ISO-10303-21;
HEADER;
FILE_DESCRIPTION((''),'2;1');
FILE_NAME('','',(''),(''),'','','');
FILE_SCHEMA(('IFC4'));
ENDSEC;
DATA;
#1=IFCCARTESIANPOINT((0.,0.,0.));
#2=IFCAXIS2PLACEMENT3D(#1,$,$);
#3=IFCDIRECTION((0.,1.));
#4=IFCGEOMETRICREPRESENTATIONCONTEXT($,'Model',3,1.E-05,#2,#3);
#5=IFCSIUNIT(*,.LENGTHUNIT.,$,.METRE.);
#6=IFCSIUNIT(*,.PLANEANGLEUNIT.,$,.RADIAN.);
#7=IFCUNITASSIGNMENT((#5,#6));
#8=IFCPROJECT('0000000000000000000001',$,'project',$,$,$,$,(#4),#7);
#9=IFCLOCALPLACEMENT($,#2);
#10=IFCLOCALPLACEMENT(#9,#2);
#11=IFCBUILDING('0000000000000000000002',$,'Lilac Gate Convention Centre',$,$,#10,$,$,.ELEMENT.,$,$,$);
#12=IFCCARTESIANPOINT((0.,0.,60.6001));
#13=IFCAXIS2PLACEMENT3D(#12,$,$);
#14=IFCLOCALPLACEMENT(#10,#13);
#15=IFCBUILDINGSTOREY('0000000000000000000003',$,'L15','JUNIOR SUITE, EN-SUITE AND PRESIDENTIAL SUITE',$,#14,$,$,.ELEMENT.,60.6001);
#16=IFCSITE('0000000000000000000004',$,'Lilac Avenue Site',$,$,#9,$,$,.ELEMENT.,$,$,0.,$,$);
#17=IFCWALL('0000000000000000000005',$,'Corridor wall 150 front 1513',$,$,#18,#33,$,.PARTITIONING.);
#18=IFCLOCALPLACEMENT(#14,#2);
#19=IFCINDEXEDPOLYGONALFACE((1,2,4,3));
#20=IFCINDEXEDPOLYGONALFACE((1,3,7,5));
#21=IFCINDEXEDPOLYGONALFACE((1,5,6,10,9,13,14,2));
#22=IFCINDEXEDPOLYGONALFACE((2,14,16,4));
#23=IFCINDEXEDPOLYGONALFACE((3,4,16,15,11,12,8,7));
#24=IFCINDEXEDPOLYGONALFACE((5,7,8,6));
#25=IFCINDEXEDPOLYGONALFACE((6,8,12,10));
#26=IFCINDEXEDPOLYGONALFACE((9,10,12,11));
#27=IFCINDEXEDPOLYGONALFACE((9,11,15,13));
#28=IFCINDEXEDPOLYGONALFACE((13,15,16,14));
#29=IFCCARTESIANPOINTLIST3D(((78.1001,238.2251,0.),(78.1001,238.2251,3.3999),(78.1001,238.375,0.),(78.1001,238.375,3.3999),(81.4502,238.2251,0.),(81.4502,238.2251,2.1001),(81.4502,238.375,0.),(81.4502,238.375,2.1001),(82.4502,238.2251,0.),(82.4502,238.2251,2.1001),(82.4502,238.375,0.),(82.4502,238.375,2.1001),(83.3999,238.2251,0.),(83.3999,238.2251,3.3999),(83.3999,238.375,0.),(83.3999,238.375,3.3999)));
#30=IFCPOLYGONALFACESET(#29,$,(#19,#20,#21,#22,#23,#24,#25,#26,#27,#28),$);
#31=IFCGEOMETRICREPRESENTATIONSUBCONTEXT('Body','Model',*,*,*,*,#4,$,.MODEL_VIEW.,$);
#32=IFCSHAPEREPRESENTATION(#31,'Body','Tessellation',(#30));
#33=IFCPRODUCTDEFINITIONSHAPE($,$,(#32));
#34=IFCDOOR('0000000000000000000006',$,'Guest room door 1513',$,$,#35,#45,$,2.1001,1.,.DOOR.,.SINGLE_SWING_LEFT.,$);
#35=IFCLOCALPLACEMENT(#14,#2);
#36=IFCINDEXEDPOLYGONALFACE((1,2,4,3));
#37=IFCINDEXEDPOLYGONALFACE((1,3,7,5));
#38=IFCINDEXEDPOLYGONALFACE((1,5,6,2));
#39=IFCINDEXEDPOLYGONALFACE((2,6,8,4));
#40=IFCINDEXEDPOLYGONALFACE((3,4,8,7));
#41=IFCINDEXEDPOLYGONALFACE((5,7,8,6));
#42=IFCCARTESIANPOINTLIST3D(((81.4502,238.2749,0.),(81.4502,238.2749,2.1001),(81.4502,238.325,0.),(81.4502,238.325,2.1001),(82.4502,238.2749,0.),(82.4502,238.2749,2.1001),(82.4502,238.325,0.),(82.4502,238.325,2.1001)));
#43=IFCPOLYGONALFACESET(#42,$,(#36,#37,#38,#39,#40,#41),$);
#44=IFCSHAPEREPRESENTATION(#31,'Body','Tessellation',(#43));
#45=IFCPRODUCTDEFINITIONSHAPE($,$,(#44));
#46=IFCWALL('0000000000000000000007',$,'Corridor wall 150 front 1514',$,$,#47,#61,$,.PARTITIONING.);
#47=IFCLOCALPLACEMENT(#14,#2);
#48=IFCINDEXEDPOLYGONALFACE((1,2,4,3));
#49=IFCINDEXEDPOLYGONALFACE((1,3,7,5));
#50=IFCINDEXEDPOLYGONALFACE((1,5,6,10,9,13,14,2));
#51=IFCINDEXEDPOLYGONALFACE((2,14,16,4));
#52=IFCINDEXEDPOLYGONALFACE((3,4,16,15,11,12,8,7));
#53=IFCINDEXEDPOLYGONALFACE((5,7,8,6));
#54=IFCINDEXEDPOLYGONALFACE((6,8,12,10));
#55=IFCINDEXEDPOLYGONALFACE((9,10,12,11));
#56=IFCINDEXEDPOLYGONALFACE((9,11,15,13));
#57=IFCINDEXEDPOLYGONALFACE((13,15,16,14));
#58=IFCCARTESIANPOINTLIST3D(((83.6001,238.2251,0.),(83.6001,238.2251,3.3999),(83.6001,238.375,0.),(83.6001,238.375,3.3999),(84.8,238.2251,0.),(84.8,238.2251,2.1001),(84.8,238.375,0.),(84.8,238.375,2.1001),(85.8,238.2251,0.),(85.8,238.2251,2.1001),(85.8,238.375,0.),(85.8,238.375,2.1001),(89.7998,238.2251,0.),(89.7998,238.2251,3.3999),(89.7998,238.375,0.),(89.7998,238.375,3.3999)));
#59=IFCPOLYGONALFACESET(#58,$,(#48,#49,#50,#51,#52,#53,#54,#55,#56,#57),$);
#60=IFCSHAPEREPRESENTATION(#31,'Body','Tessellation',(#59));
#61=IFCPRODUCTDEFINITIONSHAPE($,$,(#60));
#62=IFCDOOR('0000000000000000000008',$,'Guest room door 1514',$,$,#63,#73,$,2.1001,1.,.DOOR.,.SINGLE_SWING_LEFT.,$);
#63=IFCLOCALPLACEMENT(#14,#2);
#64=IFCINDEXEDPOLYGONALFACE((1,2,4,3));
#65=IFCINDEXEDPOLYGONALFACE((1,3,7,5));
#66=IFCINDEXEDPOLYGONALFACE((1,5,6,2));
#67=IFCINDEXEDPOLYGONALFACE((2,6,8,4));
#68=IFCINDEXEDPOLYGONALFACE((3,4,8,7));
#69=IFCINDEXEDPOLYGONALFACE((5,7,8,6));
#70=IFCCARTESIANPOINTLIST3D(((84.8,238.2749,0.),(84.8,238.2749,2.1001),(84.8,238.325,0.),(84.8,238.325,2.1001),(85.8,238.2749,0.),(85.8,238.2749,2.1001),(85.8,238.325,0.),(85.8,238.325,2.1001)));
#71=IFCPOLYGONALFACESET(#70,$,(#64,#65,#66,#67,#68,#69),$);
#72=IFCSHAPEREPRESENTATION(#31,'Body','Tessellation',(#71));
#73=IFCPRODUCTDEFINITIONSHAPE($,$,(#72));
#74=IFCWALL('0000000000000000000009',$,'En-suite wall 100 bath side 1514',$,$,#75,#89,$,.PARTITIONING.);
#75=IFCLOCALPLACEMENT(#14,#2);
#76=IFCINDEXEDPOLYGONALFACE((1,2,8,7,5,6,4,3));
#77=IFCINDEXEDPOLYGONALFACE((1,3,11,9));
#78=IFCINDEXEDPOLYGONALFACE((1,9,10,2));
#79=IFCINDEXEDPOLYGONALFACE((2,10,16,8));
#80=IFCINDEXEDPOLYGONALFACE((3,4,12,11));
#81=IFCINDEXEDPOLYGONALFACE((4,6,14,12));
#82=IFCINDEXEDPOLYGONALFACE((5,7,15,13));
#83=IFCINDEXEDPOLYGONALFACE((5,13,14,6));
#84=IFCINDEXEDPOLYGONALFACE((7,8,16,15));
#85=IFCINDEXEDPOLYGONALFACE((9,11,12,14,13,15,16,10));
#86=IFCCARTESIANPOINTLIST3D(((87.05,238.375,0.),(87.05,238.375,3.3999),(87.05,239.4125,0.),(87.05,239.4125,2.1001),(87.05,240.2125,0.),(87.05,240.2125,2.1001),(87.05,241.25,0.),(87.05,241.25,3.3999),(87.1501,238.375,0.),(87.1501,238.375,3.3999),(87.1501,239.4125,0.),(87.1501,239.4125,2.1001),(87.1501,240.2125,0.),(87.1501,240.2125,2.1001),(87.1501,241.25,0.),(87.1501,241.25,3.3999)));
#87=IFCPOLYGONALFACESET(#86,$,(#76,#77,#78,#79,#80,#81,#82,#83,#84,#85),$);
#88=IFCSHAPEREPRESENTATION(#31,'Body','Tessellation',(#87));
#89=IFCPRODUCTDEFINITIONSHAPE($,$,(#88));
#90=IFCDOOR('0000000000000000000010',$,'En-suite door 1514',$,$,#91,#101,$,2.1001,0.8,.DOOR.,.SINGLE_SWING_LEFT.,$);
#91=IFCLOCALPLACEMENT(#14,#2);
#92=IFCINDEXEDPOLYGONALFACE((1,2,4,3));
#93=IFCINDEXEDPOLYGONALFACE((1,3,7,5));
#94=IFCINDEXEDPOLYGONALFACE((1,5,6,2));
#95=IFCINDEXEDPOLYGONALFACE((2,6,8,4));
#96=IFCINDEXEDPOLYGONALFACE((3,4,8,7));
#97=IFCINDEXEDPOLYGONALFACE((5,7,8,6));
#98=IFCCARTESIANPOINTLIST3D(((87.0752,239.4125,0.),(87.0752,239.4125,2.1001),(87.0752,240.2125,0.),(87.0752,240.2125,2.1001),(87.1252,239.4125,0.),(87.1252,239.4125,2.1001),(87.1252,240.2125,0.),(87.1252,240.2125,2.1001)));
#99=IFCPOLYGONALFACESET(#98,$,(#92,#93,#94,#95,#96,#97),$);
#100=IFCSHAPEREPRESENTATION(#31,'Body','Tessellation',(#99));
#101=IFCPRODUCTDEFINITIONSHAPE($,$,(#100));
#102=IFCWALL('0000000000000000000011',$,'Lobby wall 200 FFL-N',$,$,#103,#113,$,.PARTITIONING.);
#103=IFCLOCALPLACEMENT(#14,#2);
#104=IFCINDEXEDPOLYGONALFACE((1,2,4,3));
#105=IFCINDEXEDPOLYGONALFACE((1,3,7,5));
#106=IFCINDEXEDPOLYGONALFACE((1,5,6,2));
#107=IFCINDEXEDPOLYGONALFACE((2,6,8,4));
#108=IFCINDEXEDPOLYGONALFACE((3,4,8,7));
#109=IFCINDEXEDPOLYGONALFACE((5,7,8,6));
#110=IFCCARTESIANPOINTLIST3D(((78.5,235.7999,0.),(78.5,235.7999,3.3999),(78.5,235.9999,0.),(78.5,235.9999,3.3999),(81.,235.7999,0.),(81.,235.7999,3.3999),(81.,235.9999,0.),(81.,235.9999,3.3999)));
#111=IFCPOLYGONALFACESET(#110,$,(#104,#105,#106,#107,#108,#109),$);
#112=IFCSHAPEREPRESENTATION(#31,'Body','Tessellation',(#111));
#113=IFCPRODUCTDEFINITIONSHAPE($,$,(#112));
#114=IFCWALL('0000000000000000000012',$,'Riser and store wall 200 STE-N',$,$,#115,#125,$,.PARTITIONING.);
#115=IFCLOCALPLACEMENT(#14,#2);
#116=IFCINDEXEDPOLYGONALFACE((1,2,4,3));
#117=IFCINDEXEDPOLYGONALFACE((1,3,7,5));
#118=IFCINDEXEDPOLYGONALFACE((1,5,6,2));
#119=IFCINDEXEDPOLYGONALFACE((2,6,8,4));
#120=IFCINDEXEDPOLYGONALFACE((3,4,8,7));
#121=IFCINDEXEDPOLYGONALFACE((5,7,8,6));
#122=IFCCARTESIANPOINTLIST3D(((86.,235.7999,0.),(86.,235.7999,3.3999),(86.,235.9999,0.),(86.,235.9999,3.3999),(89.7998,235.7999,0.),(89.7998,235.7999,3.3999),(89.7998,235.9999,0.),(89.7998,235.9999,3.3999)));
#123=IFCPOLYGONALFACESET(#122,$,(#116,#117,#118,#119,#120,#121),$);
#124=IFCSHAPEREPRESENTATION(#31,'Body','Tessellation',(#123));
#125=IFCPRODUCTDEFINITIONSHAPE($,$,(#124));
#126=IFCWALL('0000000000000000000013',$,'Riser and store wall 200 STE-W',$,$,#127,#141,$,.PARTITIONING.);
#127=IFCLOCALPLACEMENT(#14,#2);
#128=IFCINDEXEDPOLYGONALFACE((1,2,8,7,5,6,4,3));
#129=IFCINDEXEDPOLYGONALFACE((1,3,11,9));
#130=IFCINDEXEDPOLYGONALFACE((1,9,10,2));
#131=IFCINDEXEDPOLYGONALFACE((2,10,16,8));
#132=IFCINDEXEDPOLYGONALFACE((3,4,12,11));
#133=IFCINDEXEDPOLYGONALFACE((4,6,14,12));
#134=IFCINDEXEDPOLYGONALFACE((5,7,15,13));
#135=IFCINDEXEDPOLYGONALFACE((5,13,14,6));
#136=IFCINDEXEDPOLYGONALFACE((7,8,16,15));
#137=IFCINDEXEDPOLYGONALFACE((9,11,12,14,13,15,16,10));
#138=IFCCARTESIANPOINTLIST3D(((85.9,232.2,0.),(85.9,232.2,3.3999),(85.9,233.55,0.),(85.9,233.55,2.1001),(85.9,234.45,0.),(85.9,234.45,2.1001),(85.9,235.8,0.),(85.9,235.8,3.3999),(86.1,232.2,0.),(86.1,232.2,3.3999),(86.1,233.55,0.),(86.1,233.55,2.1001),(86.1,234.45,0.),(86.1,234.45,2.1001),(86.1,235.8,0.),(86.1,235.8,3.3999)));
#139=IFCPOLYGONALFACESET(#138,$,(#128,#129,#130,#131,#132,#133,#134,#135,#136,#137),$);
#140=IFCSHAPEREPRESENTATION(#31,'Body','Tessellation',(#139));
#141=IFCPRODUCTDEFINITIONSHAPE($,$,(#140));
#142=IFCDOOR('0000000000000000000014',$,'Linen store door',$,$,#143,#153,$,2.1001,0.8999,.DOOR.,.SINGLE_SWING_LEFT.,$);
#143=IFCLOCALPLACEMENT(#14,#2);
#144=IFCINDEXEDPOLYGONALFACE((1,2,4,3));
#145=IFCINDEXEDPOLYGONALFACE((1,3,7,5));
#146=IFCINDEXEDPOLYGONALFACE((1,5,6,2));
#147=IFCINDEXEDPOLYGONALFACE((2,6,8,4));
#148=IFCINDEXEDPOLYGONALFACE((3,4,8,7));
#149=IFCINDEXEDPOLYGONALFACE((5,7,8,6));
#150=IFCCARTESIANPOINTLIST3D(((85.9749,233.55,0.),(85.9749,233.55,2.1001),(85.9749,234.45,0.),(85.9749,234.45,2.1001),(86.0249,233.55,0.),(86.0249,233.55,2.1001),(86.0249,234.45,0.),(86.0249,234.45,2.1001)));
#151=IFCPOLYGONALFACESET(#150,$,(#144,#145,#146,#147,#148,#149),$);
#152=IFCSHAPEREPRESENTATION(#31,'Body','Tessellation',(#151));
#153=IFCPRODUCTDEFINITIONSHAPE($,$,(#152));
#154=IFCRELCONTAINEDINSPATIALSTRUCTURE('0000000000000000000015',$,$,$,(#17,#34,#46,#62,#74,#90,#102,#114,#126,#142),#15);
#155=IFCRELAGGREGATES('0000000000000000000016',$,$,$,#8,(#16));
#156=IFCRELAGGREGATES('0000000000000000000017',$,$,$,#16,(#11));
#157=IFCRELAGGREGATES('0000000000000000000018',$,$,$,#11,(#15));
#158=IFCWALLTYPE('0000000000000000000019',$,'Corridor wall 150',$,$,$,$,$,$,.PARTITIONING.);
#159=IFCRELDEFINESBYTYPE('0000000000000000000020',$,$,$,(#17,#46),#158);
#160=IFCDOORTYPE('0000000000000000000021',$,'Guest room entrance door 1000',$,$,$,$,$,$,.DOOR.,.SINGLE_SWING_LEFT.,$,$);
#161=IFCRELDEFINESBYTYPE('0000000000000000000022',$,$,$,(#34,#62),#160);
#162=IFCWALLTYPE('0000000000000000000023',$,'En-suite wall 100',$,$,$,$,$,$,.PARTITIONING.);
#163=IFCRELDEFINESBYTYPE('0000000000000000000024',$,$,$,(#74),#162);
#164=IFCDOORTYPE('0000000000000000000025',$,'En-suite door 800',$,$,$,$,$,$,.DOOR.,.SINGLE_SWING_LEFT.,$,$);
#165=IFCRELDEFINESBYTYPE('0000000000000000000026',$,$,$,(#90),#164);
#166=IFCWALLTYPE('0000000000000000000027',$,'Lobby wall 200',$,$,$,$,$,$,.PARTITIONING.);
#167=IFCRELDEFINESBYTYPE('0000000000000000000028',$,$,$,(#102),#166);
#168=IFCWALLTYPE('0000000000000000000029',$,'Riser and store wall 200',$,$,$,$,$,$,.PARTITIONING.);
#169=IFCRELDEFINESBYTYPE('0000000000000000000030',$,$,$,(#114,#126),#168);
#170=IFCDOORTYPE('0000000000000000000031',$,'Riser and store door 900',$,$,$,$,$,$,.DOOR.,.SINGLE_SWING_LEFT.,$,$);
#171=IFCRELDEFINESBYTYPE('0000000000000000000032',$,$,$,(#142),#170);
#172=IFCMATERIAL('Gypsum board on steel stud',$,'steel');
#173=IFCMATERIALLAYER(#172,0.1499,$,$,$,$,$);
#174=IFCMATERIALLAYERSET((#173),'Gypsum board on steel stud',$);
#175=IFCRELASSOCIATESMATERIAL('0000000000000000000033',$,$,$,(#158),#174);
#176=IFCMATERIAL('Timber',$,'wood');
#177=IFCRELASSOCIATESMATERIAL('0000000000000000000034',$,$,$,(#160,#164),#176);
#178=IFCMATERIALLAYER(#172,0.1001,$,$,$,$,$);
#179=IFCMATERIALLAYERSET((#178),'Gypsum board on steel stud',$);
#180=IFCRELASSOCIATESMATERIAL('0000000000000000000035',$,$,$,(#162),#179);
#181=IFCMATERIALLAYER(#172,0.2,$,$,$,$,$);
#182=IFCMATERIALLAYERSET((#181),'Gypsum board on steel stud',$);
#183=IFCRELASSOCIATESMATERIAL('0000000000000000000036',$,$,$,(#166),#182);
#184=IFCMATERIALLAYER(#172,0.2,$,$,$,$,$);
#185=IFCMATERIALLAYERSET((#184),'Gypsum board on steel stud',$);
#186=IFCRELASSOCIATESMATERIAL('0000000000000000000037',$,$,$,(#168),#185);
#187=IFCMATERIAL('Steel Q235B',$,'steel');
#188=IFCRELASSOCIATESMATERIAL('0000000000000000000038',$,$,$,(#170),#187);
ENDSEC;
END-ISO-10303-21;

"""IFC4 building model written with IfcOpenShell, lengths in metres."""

from ifc_helpers import new_model, si_unit, direction, frame, frame_2d, origin, place, context, subcontext, project, spatial, rectangle, extrude, material, layer, layer_set, type_object, element, fill, save


model = new_model("IFC4")

# Units and contexts
model_context = context("Model", 3, precision=1e-05, world=origin(), true_north=direction((0.0, 1.0)))
body_context = subcontext(model_context, "Body", "Model", "MODEL_VIEW")
ifc_project = project(units=[si_unit("LENGTHUNIT", "METRE"), si_unit("PLANEANGLEUNIT", "RADIAN")], contexts=[model_context])

# Site, building, storey
site_placement = place(None, origin())
site = spatial("IfcSite", under=ifc_project, at=site_placement, Name="Lilac Avenue Site", CompositionType="ELEMENT", RefElevation=0.0)
building_placement = place(site_placement, origin())
building = spatial("IfcBuilding", under=site, at=building_placement, Name="Lilac Gate Convention Centre", CompositionType="ELEMENT")
storey_placement = place(building_placement, frame((0.0, 0.0, 60.6001)))
storey = spatial("IfcBuildingStorey", under=building, at=storey_placement, Name="L15", Description="JUNIOR SUITE, EN-SUITE AND PRESIDENTIAL SUITE", CompositionType="ELEMENT", Elevation=60.6001)

# Walls, openings, doors
ifc_material_1 = material(Name="Gypsum board on steel stud", Category="steel")
ifc_layer_1 = layer(ifc_material_1, 0.1499)
ifc_layer_set_1 = layer_set([ifc_layer_1], Name="Gypsum board on steel stud")
wall_type_1 = type_object("IfcWallType", Name="Corridor wall 150", PredefinedType="PARTITIONING", material=ifc_layer_set_1)
wall_1_placement = place(storey_placement, frame((78.1001, 238.3, 0.0), z_axis=(0.0, 0.0, 1.0), x_axis=(1.0, 0.0, 0.0)))
wall_1 = element("IfcWall", 1, at=wall_1_placement, inside=storey, type_object=wall_type_1, Name="Corridor wall 150 front 1513", PredefinedType="PARTITIONING", context=body_context, shape_type="SweptSolid", body=[
    extrude(rectangle(XDim=5.2998, YDim=0.1499, at=frame_2d((2.6499, 0.0))), origin(), (0.0, 0.0, 1.0), 3.3999),
])
opening_1_placement = place(wall_1_placement, frame((3.3501, 0.0, 0.0)))
opening_1 = element("IfcOpeningElement", 2, at=opening_1_placement, cuts=wall_1, PredefinedType="OPENING", context=body_context, shape_type="SweptSolid", body=[
    extrude(rectangle(XDim=1.0, YDim=2.1001, at=frame_2d((0.5, 1.05))), frame((0.0, 0.085, 0.0), z_axis=(0.0, -1.0, 0.0), x_axis=(1.0, 0.0, 0.0)), (0.0, 0.0, 1.0), 0.1699),
])
ifc_material_2 = material(Name="Timber", Category="wood")
door_type_1 = type_object("IfcDoorType", Name="Guest room entrance door 1000", OperationType="SINGLE_SWING_LEFT", PredefinedType="DOOR", material=ifc_material_2)
door_1_placement = place(opening_1_placement, origin())
door_1 = element("IfcDoor", 3, at=door_1_placement, inside=storey, type_object=door_type_1, Name="Guest room door 1513", OperationType="SINGLE_SWING_LEFT", OverallHeight=2.1001, OverallWidth=1.0, PredefinedType="DOOR", context=body_context, shape_type="SweptSolid", body=[
    extrude(rectangle(XDim=1.0, YDim=2.1001, at=frame_2d((0.5, 1.05))), frame((0.0, 0.0249, 0.0), z_axis=(0.0, -1.0, 0.0), x_axis=(1.0, 0.0, 0.0)), (0.0, 0.0, 1.0), 0.05),
])
fill(opening_1, door_1)
wall_2_placement = place(storey_placement, frame((83.6001, 238.3, 0.0), z_axis=(0.0, 0.0, 1.0), x_axis=(1.0, 0.0, 0.0)))
wall_2 = element("IfcWall", 4, at=wall_2_placement, inside=storey, type_object=wall_type_1, Name="Corridor wall 150 front 1514", PredefinedType="PARTITIONING", context=body_context, shape_type="SweptSolid", body=[
    extrude(rectangle(XDim=6.1997, YDim=0.1499, at=frame_2d((3.0999, 0.0))), origin(), (0.0, 0.0, 1.0), 3.3999),
])
opening_2_placement = place(wall_2_placement, frame((1.2, 0.0, 0.0)))
opening_2 = element("IfcOpeningElement", 5, at=opening_2_placement, cuts=wall_2, PredefinedType="OPENING", context=body_context, shape_type="SweptSolid", body=[
    extrude(rectangle(XDim=1.0, YDim=2.1001, at=frame_2d((0.5, 1.05))), frame((0.0, 0.085, 0.0), z_axis=(0.0, -1.0, 0.0), x_axis=(1.0, 0.0, 0.0)), (0.0, 0.0, 1.0), 0.1699),
])
door_2_placement = place(opening_2_placement, origin())
door_2 = element("IfcDoor", 6, at=door_2_placement, inside=storey, type_object=door_type_1, Name="Guest room door 1514", OperationType="SINGLE_SWING_LEFT", OverallHeight=2.1001, OverallWidth=1.0, PredefinedType="DOOR", context=body_context, shape_type="SweptSolid", body=[
    extrude(rectangle(XDim=1.0, YDim=2.1001, at=frame_2d((0.5, 1.05))), frame((0.0, 0.0249, 0.0), z_axis=(0.0, -1.0, 0.0), x_axis=(1.0, 0.0, 0.0)), (0.0, 0.0, 1.0), 0.05),
])
fill(opening_2, door_2)
ifc_layer_2 = layer(ifc_material_1, 0.1001)
ifc_layer_set_2 = layer_set([ifc_layer_2], Name="Gypsum board on steel stud")
wall_type_2 = type_object("IfcWallType", Name="En-suite wall 100", PredefinedType="PARTITIONING", material=ifc_layer_set_2)
wall_3_placement = place(storey_placement, frame((87.1001, 238.375, 0.0), z_axis=(0.0, 0.0, 1.0), x_axis=(0.0, 1.0, 0.0)))
wall_3 = element("IfcWall", 7, at=wall_3_placement, inside=storey, type_object=wall_type_2, Name="En-suite wall 100 bath side 1514", PredefinedType="PARTITIONING", context=body_context, shape_type="SweptSolid", body=[
    extrude(rectangle(XDim=2.875, YDim=0.1001, at=frame_2d((1.4375, 0.0))), origin(), (0.0, 0.0, 1.0), 3.3999),
])
opening_3_placement = place(wall_3_placement, frame((1.0376, 0.0, 0.0)))
opening_3 = element("IfcOpeningElement", 8, at=opening_3_placement, cuts=wall_3, PredefinedType="OPENING", context=body_context, shape_type="SweptSolid", body=[
    extrude(rectangle(XDim=0.8, YDim=2.1001, at=frame_2d((0.3999, 1.05))), frame((0.0, 0.0601, 0.0), z_axis=(0.0, -1.0, 0.0), x_axis=(1.0, 0.0, 0.0)), (0.0, 0.0, 1.0), 0.1201),
])
door_type_2 = type_object("IfcDoorType", Name="En-suite door 800", OperationType="SINGLE_SWING_LEFT", PredefinedType="DOOR", material=ifc_material_2)
door_3_placement = place(opening_3_placement, origin())
door_3 = element("IfcDoor", 9, at=door_3_placement, inside=storey, type_object=door_type_2, Name="En-suite door 1514", OperationType="SINGLE_SWING_LEFT", OverallHeight=2.1001, OverallWidth=0.8, PredefinedType="DOOR", context=body_context, shape_type="SweptSolid", body=[
    extrude(rectangle(XDim=0.8, YDim=2.1001, at=frame_2d((0.3999, 1.05))), frame((0.0, 0.0249, 0.0), z_axis=(0.0, -1.0, 0.0), x_axis=(1.0, 0.0, 0.0)), (0.0, 0.0, 1.0), 0.05),
])
fill(opening_3, door_3)

# Walls
ifc_layer_3 = layer(ifc_material_1, 0.2)
ifc_layer_set_3 = layer_set([ifc_layer_3], Name="Gypsum board on steel stud")
wall_type_3 = type_object("IfcWallType", Name="Lobby wall 200", PredefinedType="PARTITIONING", material=ifc_layer_set_3)
wall_4_placement = place(storey_placement, frame((78.5, 235.8999, 0.0), z_axis=(0.0, 0.0, 1.0), x_axis=(1.0, 0.0, 0.0)))
element("IfcWall", 10, at=wall_4_placement, inside=storey, type_object=wall_type_3, Name="Lobby wall 200 FFL-N", PredefinedType="PARTITIONING", context=body_context, shape_type="SweptSolid", body=[
    extrude(rectangle(XDim=2.5, YDim=0.2, at=frame_2d((1.25, 0.0))), origin(), (0.0, 0.0, 1.0), 3.3999),
])
ifc_layer_4 = layer(ifc_material_1, 0.2)
ifc_layer_set_4 = layer_set([ifc_layer_4], Name="Gypsum board on steel stud")
wall_type_4 = type_object("IfcWallType", Name="Riser and store wall 200", PredefinedType="PARTITIONING", material=ifc_layer_set_4)
wall_5_placement = place(storey_placement, frame((86.0, 235.8999, 0.0), z_axis=(0.0, 0.0, 1.0), x_axis=(1.0, 0.0, 0.0)))
element("IfcWall", 11, at=wall_5_placement, inside=storey, type_object=wall_type_4, Name="Riser and store wall 200 STE-N", PredefinedType="PARTITIONING", context=body_context, shape_type="SweptSolid", body=[
    extrude(rectangle(XDim=3.7998, YDim=0.2, at=frame_2d((1.8999, 0.0))), origin(), (0.0, 0.0, 1.0), 3.3999),
])

# Wall, opening, door
wall_6_placement = place(storey_placement, frame((86.0, 235.8, 0.0), z_axis=(0.0, 0.0, 1.0), x_axis=(0.0, -1.0, 0.0)))
wall_6 = element("IfcWall", 12, at=wall_6_placement, inside=storey, type_object=wall_type_4, Name="Riser and store wall 200 STE-W", PredefinedType="PARTITIONING", context=body_context, shape_type="SweptSolid", body=[
    extrude(rectangle(XDim=3.6001, YDim=0.2, at=frame_2d((1.8, 0.0))), origin(), (0.0, 0.0, 1.0), 3.3999),
])
opening_4_placement = place(wall_6_placement, frame((1.3501, 0.0, 0.0)))
opening_4 = element("IfcOpeningElement", 13, at=opening_4_placement, cuts=wall_6, PredefinedType="OPENING", context=body_context, shape_type="SweptSolid", body=[
    extrude(rectangle(XDim=0.8999, YDim=2.1001, at=frame_2d((0.45, 1.05))), frame((0.0, 0.1099, 0.0), z_axis=(0.0, -1.0, 0.0), x_axis=(1.0, 0.0, 0.0)), (0.0, 0.0, 1.0), 0.22),
])
ifc_material_3 = material(Name="Steel Q235B", Category="steel")
door_type_3 = type_object("IfcDoorType", Name="Riser and store door 900", OperationType="SINGLE_SWING_LEFT", PredefinedType="DOOR", material=ifc_material_3)
door_4_placement = place(opening_4_placement, origin())
door_4 = element("IfcDoor", 14, at=door_4_placement, inside=storey, type_object=door_type_3, Name="Linen store door", OperationType="SINGLE_SWING_LEFT", OverallHeight=2.1001, OverallWidth=0.8999, PredefinedType="DOOR", context=body_context, shape_type="SweptSolid", body=[
    extrude(rectangle(XDim=0.8999, YDim=2.1001, at=frame_2d((0.45, 1.05))), frame((0.0, 0.0249, 0.0), z_axis=(0.0, -1.0, 0.0), x_axis=(1.0, 0.0, 0.0)), (0.0, 0.0, 1.0), 0.05),
])
fill(opening_4, door_4)

save(model, "model.ifc")
